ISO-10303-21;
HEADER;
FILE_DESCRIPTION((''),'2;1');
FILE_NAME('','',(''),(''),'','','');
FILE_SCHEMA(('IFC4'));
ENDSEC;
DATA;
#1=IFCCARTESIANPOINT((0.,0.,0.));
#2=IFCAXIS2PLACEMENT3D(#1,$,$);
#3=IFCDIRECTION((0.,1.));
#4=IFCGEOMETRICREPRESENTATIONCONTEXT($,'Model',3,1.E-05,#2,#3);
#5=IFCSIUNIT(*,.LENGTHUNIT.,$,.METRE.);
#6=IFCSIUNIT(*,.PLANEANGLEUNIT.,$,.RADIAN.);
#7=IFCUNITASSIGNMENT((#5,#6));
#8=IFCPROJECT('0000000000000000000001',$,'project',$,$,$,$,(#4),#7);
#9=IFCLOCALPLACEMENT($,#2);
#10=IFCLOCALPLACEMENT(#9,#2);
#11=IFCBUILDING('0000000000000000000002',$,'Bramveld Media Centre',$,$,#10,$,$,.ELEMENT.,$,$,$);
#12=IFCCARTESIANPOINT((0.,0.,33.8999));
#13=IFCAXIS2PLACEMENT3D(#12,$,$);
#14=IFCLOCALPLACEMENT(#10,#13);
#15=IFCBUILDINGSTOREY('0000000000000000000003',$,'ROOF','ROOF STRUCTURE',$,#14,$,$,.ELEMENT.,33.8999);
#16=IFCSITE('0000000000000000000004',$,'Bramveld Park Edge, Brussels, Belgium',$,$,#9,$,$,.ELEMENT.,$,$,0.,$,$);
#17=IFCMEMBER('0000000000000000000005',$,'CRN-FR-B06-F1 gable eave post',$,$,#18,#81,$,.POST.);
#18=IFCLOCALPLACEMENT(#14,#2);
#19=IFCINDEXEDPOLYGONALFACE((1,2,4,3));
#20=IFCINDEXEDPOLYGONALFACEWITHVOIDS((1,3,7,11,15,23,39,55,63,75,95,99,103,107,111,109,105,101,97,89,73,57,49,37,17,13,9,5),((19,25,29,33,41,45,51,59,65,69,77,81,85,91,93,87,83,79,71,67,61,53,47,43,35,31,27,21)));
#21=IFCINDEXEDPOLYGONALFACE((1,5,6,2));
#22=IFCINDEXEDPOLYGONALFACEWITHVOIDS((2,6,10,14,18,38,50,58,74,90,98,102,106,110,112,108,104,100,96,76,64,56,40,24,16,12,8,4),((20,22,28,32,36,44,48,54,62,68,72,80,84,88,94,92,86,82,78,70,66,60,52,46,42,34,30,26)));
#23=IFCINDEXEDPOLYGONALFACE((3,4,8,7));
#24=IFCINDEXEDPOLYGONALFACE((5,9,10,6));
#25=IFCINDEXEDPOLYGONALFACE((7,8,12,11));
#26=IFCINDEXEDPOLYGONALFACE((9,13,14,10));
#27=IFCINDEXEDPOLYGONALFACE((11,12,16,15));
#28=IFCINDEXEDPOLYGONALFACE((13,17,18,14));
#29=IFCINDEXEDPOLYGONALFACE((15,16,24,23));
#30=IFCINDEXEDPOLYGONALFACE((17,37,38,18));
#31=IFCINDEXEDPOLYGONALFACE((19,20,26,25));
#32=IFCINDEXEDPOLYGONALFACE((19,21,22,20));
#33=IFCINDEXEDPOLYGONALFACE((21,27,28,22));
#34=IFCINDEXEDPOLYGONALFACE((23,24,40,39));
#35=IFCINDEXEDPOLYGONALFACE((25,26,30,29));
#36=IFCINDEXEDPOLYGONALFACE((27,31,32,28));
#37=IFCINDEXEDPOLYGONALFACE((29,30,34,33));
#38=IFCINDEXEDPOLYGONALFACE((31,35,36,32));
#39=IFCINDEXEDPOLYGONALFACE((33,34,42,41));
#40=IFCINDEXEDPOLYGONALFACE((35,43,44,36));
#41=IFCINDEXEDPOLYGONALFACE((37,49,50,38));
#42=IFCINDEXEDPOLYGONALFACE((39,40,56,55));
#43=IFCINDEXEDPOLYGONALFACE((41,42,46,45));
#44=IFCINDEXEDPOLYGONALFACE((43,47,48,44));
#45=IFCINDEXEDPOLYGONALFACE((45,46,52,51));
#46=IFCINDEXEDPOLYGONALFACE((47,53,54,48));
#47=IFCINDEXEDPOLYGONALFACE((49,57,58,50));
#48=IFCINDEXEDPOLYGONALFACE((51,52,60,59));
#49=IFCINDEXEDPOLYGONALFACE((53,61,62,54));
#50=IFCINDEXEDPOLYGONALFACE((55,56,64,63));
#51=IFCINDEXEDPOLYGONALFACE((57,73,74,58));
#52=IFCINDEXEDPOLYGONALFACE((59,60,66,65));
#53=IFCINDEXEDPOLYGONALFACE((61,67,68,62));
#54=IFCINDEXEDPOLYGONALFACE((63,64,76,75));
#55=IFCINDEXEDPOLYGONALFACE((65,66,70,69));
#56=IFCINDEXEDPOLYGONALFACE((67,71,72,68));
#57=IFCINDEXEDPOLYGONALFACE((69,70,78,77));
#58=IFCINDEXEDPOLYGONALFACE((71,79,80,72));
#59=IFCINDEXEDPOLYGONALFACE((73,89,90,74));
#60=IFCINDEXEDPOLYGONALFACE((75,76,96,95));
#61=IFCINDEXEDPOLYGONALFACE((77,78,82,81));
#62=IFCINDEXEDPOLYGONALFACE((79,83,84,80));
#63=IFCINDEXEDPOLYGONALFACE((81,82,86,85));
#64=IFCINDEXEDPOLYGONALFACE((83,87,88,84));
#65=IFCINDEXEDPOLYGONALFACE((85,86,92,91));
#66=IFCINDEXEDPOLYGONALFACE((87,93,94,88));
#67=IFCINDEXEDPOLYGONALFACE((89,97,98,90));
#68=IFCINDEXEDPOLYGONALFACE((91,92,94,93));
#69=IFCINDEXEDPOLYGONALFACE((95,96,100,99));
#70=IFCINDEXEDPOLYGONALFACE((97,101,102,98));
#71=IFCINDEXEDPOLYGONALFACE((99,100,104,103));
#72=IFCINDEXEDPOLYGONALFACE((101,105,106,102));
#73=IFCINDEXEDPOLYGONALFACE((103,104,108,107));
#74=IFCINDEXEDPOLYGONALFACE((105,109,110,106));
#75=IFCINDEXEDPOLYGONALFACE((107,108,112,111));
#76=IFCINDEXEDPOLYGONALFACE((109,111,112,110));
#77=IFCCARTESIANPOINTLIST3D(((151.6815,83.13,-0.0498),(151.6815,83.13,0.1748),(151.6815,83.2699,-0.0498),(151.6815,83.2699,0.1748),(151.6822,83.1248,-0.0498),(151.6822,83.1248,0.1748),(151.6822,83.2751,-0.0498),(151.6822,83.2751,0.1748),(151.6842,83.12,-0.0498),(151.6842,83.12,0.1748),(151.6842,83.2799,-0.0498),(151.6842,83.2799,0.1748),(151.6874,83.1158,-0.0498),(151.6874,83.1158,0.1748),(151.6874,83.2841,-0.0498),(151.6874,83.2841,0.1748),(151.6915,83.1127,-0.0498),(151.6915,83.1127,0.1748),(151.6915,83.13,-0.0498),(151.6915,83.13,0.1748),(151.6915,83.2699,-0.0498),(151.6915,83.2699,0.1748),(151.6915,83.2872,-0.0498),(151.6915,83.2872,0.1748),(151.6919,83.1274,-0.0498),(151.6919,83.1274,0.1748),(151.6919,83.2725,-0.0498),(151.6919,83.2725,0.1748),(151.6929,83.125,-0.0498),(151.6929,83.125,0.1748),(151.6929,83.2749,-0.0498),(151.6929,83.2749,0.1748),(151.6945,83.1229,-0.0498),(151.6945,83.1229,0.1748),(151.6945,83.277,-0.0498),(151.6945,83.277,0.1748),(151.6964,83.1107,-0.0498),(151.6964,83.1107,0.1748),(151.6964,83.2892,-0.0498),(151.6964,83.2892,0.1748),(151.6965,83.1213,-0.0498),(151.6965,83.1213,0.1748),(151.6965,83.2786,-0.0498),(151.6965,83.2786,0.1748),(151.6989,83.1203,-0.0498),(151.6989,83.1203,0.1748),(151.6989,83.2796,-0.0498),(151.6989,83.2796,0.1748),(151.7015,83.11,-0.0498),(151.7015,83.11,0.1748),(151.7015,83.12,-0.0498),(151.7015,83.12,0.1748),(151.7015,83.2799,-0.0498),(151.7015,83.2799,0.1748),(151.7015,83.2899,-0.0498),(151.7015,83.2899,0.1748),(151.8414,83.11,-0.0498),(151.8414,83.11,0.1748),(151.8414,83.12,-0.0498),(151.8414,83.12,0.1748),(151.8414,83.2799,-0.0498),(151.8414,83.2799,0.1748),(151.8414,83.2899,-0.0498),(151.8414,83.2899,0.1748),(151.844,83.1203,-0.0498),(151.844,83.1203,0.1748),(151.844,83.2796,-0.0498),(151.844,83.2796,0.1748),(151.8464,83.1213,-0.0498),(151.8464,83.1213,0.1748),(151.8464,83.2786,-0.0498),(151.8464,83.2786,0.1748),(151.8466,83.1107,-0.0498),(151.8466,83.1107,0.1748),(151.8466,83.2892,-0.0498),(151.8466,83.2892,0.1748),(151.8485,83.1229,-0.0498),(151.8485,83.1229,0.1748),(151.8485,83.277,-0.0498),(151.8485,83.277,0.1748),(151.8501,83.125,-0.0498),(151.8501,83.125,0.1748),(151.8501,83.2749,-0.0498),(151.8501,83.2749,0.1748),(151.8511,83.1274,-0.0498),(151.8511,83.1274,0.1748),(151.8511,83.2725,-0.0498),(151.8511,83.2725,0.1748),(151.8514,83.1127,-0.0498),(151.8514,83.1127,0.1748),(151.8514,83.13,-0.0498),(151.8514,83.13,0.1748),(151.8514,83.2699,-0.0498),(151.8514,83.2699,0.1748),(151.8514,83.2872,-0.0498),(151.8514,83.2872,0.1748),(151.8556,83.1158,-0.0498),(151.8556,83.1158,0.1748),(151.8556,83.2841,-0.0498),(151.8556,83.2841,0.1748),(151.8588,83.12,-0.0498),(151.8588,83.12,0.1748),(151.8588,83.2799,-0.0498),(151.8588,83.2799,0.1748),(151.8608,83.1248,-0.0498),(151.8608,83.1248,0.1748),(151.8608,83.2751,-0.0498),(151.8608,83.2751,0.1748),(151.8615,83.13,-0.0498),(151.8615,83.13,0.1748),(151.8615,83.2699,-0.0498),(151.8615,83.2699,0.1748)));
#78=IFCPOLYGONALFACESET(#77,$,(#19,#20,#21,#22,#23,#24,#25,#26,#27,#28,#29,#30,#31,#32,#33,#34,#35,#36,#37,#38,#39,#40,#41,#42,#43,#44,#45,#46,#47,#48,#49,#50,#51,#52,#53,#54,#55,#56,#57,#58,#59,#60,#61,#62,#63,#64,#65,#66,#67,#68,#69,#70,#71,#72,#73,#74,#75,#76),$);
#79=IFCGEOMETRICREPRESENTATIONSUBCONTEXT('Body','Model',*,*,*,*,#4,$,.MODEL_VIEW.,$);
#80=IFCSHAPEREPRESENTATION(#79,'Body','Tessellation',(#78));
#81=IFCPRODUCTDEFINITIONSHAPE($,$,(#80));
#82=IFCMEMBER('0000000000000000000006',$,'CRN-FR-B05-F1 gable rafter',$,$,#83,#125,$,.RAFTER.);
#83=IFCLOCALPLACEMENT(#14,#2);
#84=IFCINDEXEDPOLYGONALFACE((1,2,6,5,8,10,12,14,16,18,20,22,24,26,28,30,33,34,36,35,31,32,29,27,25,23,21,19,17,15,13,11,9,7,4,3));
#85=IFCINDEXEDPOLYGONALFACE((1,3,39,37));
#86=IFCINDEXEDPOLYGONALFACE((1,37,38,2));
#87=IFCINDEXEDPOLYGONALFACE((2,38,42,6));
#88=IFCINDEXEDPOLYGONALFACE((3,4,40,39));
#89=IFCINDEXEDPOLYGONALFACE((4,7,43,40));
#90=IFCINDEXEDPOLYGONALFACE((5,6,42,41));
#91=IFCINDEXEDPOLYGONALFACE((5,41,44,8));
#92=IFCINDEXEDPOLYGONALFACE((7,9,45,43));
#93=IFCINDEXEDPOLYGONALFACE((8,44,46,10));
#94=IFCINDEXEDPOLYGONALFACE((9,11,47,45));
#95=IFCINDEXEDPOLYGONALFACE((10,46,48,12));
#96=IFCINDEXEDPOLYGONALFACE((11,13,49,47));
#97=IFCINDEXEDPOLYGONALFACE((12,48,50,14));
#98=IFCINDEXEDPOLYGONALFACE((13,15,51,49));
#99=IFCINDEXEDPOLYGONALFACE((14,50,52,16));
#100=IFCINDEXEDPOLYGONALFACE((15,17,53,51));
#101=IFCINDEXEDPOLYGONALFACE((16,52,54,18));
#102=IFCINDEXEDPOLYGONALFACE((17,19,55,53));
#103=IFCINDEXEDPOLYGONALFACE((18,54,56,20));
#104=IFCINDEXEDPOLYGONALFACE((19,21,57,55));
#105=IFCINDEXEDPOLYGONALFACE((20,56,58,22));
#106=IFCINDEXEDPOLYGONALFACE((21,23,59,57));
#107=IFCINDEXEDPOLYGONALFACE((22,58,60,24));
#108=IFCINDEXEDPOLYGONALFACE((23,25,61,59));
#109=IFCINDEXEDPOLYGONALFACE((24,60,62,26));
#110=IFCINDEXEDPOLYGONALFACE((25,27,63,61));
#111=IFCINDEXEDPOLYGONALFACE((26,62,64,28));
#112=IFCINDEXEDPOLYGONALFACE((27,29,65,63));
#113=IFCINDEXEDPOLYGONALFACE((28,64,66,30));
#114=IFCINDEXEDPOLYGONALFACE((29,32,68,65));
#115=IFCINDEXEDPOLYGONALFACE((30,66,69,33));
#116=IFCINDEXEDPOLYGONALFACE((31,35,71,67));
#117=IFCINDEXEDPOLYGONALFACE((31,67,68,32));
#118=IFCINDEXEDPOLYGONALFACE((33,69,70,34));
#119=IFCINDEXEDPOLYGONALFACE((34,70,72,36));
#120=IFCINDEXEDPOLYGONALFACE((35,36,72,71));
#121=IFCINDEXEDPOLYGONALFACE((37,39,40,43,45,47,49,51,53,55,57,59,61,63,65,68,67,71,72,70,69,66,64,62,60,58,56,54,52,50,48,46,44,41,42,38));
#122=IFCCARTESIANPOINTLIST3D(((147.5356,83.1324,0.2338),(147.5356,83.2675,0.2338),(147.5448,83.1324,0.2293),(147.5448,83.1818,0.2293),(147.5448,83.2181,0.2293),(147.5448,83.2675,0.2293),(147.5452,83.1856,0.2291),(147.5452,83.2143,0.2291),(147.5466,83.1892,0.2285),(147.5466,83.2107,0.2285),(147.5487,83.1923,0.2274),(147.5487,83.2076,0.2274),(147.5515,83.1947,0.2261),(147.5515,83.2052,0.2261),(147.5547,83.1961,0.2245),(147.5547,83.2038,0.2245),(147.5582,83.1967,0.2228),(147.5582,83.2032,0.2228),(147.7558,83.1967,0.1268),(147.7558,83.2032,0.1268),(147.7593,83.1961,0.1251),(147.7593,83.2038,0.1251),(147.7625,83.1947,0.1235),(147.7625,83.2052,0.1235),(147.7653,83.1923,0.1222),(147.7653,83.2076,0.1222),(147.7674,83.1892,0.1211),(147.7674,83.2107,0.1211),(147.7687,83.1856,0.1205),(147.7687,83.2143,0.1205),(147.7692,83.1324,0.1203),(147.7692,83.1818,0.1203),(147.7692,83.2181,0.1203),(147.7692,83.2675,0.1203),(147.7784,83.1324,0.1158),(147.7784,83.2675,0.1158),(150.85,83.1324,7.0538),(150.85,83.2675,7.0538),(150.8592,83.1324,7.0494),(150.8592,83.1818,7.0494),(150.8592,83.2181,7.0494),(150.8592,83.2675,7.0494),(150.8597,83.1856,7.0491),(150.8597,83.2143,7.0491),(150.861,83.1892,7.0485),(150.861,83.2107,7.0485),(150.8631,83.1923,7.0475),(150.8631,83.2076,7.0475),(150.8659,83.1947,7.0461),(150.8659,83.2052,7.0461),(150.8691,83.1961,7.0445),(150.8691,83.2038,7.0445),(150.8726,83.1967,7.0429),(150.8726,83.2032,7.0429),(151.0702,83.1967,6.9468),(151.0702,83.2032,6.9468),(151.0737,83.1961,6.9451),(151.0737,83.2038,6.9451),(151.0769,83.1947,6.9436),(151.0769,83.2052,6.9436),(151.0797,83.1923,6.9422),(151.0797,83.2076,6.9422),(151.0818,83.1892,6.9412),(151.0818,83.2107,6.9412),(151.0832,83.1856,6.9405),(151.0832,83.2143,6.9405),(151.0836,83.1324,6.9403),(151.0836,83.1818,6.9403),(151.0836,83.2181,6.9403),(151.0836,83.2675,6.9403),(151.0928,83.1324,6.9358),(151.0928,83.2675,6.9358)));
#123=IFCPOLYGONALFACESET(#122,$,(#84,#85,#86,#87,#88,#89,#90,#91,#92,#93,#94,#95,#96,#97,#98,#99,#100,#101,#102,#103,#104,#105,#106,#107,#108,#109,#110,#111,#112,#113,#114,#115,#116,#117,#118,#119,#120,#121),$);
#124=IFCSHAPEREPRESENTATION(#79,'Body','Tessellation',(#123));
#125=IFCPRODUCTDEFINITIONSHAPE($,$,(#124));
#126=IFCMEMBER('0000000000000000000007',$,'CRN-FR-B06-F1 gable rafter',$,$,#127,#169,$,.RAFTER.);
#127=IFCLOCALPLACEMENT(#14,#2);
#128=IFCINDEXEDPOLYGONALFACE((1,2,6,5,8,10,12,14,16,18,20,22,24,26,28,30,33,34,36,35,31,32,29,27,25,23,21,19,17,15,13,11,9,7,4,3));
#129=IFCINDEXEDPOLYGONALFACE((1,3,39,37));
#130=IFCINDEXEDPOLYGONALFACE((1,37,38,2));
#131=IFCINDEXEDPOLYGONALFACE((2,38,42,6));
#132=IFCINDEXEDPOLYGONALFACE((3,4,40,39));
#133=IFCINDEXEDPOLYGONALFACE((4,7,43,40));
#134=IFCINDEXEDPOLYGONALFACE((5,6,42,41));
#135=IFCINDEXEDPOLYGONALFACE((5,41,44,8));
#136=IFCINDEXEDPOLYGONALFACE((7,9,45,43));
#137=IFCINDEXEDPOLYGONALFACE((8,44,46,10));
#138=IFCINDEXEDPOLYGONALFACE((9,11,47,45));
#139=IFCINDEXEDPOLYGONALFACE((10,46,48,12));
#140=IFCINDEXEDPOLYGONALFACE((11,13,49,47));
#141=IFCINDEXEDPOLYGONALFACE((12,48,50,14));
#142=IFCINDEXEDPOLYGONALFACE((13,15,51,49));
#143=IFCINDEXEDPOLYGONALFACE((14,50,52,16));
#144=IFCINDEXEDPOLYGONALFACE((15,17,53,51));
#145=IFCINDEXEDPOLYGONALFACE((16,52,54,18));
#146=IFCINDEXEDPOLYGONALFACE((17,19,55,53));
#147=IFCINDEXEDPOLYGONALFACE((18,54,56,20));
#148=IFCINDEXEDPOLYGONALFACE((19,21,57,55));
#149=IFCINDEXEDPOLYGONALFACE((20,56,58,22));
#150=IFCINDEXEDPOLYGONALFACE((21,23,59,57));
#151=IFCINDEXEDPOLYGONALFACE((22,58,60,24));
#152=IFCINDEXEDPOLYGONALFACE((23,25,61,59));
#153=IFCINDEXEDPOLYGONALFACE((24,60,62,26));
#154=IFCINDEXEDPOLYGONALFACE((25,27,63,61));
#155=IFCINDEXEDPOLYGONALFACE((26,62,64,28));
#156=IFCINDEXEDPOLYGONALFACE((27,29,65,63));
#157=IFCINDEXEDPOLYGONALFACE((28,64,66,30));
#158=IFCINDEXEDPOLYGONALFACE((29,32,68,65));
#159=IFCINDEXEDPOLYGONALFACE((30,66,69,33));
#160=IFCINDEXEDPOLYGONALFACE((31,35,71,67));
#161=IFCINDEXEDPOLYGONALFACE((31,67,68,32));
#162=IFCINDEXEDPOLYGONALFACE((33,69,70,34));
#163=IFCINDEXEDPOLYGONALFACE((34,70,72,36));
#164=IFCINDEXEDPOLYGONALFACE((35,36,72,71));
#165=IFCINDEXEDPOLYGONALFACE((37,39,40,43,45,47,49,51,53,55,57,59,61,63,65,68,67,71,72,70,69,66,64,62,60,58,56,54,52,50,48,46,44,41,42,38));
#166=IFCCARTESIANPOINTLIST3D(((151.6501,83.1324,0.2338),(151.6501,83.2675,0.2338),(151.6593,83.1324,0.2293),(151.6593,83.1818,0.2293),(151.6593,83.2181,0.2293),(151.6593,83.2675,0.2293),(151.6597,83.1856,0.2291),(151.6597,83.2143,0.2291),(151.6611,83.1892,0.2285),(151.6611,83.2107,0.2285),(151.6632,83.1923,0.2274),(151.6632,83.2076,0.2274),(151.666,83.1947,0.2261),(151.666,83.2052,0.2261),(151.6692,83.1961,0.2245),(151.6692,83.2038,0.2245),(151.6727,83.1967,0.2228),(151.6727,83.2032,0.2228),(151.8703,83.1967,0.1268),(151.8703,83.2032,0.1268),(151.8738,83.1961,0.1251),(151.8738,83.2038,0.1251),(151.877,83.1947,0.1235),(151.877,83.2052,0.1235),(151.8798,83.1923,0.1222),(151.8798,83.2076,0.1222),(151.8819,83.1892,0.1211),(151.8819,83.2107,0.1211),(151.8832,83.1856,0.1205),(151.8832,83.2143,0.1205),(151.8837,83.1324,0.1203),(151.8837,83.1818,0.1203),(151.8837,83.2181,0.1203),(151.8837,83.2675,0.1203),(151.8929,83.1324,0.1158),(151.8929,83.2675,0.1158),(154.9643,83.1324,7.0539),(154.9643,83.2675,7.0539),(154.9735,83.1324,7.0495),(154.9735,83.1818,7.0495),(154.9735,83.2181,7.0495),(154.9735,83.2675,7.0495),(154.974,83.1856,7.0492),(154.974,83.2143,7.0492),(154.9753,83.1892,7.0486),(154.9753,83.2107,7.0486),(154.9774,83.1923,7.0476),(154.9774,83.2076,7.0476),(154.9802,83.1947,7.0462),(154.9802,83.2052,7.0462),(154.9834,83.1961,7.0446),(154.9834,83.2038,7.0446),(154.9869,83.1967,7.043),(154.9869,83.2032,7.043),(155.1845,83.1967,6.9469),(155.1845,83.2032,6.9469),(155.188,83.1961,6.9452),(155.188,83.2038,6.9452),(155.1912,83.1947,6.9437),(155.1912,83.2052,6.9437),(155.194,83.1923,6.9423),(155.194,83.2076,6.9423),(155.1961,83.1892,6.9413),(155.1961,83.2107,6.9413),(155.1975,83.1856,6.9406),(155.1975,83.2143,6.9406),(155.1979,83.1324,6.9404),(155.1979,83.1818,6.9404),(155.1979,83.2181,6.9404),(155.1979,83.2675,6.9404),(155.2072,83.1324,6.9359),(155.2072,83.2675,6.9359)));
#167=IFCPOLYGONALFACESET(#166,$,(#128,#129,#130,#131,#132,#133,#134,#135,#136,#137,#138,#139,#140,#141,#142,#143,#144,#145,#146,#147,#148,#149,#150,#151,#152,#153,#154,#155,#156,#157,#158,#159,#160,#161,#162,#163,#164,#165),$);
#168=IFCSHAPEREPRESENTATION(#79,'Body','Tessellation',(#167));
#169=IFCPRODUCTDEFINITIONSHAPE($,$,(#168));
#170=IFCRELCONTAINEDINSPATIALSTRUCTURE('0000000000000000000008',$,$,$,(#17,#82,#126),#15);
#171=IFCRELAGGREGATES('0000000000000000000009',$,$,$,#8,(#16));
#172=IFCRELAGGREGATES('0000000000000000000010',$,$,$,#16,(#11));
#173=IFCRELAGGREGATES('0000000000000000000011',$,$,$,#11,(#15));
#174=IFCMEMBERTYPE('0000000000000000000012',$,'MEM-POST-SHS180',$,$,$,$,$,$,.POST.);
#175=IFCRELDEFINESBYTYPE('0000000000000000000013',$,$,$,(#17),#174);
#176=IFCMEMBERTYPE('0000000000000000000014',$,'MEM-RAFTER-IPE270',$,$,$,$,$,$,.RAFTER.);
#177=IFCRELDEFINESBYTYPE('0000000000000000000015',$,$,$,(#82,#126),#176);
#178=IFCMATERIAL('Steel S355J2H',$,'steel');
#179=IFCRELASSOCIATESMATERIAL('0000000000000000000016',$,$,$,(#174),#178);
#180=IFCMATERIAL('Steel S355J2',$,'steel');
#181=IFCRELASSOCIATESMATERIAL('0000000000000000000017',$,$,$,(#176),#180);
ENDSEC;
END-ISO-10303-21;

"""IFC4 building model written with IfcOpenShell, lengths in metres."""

from ifc_helpers import new_model, si_unit, direction, frame, origin, origin_2d, place, context, subcontext, project, spatial, hollow_rectangle, i_section, extrude, material, material_profile, profile_set, type_object, element, save


model = new_model("IFC4")

# Units and contexts
model_context = context("Model", 3, precision=1e-05, world=origin(), true_north=direction((0.0, 1.0)))
body_context = subcontext(model_context, "Body", "Model", "MODEL_VIEW")
ifc_project = project(units=[si_unit("LENGTHUNIT", "METRE"), si_unit("PLANEANGLEUNIT", "RADIAN")], contexts=[model_context])

# Site, building, storey
site_placement = place(None, origin())
site = spatial("IfcSite", under=ifc_project, at=site_placement, Name="Bramveld Park Edge, Brussels, Belgium", CompositionType="ELEMENT", RefElevation=0.0)
building_placement = place(site_placement, origin())
building = spatial("IfcBuilding", under=site, at=building_placement, Name="Bramveld Media Centre", CompositionType="ELEMENT")
storey_placement = place(building_placement, frame((0.0, 0.0, 33.8999)))
storey = spatial("IfcBuildingStorey", under=building, at=storey_placement, Name="ROOF", Description="ROOF STRUCTURE", CompositionType="ELEMENT", Elevation=33.8999)

# Members
ifc_material_1 = material(Name="Steel S355J2H", Category="steel")
ifc_material_profile_1 = material_profile(ifc_material_1, hollow_rectangle(XDim=0.1799, YDim=0.1799, WallThickness=0.01, InnerFilletRadius=0.01, OuterFilletRadius=0.02, at=origin_2d()), Name="SHS 180x180x10")
ifc_profile_set_1 = profile_set([ifc_material_profile_1], Name="Steel S355J2H")
member_type_1 = type_object("IfcMemberType", Name="MEM-POST-SHS180", PredefinedType="POST", material=ifc_profile_set_1)
member_1_placement = place(storey_placement, frame((151.7715, 83.2, -0.0498), z_axis=(0.0, 0.0, 1.0), x_axis=(1.0, 0.0, 0.0)))
element("IfcMember", 1, at=member_1_placement, inside=storey, type_object=member_type_1, Name="CRN-FR-B06-F1 gable eave post", PredefinedType="POST", context=body_context, shape_type="SweptSolid", body=[
    extrude(hollow_rectangle(XDim=0.1799, YDim=0.1799, WallThickness=0.01, InnerFilletRadius=0.01, OuterFilletRadius=0.02, at=origin_2d()), origin(), (0.0, 0.0, 1.0), 0.2246),
])
ifc_material_2 = material(Name="Steel S355J2", Category="steel")
ifc_material_profile_2 = material_profile(ifc_material_2, i_section(OverallWidth=0.135, OverallDepth=0.27, WebThickness=0.0066, FlangeThickness=0.0103, FilletRadius=0.0149, at=origin_2d()), Name="IPE 270")
ifc_profile_set_2 = profile_set([ifc_material_profile_2], Name="Steel S355J2")
member_type_2 = type_object("IfcMemberType", Name="MEM-RAFTER-IPE270", PredefinedType="RAFTER", material=ifc_profile_set_2)
for number, where, z_axis, x_axis, name in (
    (2, (147.657, 83.2, 0.1748), (0.437101, 0.0, 0.899412), (0.0, 1.0, 0.0), "CRN-FR-B05-F1 gable rafter"),
    (3, (151.7715, 83.2, 0.1748), (0.437075, 0.0, 0.899425), (0.0, 1.0, 0.0), "CRN-FR-B06-F1 gable rafter"),
):
    element("IfcMember", number, at=place(storey_placement, frame(where, z_axis=z_axis, x_axis=x_axis)), inside=storey, type_object=member_type_2, Name=name, PredefinedType="RAFTER", context=body_context, shape_type="SweptSolid", body=[
        extrude(i_section(OverallWidth=0.135, OverallDepth=0.27, WebThickness=0.0066, FlangeThickness=0.0103, FilletRadius=0.0149, at=origin_2d()), origin(), (0.0, 0.0, 1.0), 7.5828),
    ])

save(model, "model.ifc")
